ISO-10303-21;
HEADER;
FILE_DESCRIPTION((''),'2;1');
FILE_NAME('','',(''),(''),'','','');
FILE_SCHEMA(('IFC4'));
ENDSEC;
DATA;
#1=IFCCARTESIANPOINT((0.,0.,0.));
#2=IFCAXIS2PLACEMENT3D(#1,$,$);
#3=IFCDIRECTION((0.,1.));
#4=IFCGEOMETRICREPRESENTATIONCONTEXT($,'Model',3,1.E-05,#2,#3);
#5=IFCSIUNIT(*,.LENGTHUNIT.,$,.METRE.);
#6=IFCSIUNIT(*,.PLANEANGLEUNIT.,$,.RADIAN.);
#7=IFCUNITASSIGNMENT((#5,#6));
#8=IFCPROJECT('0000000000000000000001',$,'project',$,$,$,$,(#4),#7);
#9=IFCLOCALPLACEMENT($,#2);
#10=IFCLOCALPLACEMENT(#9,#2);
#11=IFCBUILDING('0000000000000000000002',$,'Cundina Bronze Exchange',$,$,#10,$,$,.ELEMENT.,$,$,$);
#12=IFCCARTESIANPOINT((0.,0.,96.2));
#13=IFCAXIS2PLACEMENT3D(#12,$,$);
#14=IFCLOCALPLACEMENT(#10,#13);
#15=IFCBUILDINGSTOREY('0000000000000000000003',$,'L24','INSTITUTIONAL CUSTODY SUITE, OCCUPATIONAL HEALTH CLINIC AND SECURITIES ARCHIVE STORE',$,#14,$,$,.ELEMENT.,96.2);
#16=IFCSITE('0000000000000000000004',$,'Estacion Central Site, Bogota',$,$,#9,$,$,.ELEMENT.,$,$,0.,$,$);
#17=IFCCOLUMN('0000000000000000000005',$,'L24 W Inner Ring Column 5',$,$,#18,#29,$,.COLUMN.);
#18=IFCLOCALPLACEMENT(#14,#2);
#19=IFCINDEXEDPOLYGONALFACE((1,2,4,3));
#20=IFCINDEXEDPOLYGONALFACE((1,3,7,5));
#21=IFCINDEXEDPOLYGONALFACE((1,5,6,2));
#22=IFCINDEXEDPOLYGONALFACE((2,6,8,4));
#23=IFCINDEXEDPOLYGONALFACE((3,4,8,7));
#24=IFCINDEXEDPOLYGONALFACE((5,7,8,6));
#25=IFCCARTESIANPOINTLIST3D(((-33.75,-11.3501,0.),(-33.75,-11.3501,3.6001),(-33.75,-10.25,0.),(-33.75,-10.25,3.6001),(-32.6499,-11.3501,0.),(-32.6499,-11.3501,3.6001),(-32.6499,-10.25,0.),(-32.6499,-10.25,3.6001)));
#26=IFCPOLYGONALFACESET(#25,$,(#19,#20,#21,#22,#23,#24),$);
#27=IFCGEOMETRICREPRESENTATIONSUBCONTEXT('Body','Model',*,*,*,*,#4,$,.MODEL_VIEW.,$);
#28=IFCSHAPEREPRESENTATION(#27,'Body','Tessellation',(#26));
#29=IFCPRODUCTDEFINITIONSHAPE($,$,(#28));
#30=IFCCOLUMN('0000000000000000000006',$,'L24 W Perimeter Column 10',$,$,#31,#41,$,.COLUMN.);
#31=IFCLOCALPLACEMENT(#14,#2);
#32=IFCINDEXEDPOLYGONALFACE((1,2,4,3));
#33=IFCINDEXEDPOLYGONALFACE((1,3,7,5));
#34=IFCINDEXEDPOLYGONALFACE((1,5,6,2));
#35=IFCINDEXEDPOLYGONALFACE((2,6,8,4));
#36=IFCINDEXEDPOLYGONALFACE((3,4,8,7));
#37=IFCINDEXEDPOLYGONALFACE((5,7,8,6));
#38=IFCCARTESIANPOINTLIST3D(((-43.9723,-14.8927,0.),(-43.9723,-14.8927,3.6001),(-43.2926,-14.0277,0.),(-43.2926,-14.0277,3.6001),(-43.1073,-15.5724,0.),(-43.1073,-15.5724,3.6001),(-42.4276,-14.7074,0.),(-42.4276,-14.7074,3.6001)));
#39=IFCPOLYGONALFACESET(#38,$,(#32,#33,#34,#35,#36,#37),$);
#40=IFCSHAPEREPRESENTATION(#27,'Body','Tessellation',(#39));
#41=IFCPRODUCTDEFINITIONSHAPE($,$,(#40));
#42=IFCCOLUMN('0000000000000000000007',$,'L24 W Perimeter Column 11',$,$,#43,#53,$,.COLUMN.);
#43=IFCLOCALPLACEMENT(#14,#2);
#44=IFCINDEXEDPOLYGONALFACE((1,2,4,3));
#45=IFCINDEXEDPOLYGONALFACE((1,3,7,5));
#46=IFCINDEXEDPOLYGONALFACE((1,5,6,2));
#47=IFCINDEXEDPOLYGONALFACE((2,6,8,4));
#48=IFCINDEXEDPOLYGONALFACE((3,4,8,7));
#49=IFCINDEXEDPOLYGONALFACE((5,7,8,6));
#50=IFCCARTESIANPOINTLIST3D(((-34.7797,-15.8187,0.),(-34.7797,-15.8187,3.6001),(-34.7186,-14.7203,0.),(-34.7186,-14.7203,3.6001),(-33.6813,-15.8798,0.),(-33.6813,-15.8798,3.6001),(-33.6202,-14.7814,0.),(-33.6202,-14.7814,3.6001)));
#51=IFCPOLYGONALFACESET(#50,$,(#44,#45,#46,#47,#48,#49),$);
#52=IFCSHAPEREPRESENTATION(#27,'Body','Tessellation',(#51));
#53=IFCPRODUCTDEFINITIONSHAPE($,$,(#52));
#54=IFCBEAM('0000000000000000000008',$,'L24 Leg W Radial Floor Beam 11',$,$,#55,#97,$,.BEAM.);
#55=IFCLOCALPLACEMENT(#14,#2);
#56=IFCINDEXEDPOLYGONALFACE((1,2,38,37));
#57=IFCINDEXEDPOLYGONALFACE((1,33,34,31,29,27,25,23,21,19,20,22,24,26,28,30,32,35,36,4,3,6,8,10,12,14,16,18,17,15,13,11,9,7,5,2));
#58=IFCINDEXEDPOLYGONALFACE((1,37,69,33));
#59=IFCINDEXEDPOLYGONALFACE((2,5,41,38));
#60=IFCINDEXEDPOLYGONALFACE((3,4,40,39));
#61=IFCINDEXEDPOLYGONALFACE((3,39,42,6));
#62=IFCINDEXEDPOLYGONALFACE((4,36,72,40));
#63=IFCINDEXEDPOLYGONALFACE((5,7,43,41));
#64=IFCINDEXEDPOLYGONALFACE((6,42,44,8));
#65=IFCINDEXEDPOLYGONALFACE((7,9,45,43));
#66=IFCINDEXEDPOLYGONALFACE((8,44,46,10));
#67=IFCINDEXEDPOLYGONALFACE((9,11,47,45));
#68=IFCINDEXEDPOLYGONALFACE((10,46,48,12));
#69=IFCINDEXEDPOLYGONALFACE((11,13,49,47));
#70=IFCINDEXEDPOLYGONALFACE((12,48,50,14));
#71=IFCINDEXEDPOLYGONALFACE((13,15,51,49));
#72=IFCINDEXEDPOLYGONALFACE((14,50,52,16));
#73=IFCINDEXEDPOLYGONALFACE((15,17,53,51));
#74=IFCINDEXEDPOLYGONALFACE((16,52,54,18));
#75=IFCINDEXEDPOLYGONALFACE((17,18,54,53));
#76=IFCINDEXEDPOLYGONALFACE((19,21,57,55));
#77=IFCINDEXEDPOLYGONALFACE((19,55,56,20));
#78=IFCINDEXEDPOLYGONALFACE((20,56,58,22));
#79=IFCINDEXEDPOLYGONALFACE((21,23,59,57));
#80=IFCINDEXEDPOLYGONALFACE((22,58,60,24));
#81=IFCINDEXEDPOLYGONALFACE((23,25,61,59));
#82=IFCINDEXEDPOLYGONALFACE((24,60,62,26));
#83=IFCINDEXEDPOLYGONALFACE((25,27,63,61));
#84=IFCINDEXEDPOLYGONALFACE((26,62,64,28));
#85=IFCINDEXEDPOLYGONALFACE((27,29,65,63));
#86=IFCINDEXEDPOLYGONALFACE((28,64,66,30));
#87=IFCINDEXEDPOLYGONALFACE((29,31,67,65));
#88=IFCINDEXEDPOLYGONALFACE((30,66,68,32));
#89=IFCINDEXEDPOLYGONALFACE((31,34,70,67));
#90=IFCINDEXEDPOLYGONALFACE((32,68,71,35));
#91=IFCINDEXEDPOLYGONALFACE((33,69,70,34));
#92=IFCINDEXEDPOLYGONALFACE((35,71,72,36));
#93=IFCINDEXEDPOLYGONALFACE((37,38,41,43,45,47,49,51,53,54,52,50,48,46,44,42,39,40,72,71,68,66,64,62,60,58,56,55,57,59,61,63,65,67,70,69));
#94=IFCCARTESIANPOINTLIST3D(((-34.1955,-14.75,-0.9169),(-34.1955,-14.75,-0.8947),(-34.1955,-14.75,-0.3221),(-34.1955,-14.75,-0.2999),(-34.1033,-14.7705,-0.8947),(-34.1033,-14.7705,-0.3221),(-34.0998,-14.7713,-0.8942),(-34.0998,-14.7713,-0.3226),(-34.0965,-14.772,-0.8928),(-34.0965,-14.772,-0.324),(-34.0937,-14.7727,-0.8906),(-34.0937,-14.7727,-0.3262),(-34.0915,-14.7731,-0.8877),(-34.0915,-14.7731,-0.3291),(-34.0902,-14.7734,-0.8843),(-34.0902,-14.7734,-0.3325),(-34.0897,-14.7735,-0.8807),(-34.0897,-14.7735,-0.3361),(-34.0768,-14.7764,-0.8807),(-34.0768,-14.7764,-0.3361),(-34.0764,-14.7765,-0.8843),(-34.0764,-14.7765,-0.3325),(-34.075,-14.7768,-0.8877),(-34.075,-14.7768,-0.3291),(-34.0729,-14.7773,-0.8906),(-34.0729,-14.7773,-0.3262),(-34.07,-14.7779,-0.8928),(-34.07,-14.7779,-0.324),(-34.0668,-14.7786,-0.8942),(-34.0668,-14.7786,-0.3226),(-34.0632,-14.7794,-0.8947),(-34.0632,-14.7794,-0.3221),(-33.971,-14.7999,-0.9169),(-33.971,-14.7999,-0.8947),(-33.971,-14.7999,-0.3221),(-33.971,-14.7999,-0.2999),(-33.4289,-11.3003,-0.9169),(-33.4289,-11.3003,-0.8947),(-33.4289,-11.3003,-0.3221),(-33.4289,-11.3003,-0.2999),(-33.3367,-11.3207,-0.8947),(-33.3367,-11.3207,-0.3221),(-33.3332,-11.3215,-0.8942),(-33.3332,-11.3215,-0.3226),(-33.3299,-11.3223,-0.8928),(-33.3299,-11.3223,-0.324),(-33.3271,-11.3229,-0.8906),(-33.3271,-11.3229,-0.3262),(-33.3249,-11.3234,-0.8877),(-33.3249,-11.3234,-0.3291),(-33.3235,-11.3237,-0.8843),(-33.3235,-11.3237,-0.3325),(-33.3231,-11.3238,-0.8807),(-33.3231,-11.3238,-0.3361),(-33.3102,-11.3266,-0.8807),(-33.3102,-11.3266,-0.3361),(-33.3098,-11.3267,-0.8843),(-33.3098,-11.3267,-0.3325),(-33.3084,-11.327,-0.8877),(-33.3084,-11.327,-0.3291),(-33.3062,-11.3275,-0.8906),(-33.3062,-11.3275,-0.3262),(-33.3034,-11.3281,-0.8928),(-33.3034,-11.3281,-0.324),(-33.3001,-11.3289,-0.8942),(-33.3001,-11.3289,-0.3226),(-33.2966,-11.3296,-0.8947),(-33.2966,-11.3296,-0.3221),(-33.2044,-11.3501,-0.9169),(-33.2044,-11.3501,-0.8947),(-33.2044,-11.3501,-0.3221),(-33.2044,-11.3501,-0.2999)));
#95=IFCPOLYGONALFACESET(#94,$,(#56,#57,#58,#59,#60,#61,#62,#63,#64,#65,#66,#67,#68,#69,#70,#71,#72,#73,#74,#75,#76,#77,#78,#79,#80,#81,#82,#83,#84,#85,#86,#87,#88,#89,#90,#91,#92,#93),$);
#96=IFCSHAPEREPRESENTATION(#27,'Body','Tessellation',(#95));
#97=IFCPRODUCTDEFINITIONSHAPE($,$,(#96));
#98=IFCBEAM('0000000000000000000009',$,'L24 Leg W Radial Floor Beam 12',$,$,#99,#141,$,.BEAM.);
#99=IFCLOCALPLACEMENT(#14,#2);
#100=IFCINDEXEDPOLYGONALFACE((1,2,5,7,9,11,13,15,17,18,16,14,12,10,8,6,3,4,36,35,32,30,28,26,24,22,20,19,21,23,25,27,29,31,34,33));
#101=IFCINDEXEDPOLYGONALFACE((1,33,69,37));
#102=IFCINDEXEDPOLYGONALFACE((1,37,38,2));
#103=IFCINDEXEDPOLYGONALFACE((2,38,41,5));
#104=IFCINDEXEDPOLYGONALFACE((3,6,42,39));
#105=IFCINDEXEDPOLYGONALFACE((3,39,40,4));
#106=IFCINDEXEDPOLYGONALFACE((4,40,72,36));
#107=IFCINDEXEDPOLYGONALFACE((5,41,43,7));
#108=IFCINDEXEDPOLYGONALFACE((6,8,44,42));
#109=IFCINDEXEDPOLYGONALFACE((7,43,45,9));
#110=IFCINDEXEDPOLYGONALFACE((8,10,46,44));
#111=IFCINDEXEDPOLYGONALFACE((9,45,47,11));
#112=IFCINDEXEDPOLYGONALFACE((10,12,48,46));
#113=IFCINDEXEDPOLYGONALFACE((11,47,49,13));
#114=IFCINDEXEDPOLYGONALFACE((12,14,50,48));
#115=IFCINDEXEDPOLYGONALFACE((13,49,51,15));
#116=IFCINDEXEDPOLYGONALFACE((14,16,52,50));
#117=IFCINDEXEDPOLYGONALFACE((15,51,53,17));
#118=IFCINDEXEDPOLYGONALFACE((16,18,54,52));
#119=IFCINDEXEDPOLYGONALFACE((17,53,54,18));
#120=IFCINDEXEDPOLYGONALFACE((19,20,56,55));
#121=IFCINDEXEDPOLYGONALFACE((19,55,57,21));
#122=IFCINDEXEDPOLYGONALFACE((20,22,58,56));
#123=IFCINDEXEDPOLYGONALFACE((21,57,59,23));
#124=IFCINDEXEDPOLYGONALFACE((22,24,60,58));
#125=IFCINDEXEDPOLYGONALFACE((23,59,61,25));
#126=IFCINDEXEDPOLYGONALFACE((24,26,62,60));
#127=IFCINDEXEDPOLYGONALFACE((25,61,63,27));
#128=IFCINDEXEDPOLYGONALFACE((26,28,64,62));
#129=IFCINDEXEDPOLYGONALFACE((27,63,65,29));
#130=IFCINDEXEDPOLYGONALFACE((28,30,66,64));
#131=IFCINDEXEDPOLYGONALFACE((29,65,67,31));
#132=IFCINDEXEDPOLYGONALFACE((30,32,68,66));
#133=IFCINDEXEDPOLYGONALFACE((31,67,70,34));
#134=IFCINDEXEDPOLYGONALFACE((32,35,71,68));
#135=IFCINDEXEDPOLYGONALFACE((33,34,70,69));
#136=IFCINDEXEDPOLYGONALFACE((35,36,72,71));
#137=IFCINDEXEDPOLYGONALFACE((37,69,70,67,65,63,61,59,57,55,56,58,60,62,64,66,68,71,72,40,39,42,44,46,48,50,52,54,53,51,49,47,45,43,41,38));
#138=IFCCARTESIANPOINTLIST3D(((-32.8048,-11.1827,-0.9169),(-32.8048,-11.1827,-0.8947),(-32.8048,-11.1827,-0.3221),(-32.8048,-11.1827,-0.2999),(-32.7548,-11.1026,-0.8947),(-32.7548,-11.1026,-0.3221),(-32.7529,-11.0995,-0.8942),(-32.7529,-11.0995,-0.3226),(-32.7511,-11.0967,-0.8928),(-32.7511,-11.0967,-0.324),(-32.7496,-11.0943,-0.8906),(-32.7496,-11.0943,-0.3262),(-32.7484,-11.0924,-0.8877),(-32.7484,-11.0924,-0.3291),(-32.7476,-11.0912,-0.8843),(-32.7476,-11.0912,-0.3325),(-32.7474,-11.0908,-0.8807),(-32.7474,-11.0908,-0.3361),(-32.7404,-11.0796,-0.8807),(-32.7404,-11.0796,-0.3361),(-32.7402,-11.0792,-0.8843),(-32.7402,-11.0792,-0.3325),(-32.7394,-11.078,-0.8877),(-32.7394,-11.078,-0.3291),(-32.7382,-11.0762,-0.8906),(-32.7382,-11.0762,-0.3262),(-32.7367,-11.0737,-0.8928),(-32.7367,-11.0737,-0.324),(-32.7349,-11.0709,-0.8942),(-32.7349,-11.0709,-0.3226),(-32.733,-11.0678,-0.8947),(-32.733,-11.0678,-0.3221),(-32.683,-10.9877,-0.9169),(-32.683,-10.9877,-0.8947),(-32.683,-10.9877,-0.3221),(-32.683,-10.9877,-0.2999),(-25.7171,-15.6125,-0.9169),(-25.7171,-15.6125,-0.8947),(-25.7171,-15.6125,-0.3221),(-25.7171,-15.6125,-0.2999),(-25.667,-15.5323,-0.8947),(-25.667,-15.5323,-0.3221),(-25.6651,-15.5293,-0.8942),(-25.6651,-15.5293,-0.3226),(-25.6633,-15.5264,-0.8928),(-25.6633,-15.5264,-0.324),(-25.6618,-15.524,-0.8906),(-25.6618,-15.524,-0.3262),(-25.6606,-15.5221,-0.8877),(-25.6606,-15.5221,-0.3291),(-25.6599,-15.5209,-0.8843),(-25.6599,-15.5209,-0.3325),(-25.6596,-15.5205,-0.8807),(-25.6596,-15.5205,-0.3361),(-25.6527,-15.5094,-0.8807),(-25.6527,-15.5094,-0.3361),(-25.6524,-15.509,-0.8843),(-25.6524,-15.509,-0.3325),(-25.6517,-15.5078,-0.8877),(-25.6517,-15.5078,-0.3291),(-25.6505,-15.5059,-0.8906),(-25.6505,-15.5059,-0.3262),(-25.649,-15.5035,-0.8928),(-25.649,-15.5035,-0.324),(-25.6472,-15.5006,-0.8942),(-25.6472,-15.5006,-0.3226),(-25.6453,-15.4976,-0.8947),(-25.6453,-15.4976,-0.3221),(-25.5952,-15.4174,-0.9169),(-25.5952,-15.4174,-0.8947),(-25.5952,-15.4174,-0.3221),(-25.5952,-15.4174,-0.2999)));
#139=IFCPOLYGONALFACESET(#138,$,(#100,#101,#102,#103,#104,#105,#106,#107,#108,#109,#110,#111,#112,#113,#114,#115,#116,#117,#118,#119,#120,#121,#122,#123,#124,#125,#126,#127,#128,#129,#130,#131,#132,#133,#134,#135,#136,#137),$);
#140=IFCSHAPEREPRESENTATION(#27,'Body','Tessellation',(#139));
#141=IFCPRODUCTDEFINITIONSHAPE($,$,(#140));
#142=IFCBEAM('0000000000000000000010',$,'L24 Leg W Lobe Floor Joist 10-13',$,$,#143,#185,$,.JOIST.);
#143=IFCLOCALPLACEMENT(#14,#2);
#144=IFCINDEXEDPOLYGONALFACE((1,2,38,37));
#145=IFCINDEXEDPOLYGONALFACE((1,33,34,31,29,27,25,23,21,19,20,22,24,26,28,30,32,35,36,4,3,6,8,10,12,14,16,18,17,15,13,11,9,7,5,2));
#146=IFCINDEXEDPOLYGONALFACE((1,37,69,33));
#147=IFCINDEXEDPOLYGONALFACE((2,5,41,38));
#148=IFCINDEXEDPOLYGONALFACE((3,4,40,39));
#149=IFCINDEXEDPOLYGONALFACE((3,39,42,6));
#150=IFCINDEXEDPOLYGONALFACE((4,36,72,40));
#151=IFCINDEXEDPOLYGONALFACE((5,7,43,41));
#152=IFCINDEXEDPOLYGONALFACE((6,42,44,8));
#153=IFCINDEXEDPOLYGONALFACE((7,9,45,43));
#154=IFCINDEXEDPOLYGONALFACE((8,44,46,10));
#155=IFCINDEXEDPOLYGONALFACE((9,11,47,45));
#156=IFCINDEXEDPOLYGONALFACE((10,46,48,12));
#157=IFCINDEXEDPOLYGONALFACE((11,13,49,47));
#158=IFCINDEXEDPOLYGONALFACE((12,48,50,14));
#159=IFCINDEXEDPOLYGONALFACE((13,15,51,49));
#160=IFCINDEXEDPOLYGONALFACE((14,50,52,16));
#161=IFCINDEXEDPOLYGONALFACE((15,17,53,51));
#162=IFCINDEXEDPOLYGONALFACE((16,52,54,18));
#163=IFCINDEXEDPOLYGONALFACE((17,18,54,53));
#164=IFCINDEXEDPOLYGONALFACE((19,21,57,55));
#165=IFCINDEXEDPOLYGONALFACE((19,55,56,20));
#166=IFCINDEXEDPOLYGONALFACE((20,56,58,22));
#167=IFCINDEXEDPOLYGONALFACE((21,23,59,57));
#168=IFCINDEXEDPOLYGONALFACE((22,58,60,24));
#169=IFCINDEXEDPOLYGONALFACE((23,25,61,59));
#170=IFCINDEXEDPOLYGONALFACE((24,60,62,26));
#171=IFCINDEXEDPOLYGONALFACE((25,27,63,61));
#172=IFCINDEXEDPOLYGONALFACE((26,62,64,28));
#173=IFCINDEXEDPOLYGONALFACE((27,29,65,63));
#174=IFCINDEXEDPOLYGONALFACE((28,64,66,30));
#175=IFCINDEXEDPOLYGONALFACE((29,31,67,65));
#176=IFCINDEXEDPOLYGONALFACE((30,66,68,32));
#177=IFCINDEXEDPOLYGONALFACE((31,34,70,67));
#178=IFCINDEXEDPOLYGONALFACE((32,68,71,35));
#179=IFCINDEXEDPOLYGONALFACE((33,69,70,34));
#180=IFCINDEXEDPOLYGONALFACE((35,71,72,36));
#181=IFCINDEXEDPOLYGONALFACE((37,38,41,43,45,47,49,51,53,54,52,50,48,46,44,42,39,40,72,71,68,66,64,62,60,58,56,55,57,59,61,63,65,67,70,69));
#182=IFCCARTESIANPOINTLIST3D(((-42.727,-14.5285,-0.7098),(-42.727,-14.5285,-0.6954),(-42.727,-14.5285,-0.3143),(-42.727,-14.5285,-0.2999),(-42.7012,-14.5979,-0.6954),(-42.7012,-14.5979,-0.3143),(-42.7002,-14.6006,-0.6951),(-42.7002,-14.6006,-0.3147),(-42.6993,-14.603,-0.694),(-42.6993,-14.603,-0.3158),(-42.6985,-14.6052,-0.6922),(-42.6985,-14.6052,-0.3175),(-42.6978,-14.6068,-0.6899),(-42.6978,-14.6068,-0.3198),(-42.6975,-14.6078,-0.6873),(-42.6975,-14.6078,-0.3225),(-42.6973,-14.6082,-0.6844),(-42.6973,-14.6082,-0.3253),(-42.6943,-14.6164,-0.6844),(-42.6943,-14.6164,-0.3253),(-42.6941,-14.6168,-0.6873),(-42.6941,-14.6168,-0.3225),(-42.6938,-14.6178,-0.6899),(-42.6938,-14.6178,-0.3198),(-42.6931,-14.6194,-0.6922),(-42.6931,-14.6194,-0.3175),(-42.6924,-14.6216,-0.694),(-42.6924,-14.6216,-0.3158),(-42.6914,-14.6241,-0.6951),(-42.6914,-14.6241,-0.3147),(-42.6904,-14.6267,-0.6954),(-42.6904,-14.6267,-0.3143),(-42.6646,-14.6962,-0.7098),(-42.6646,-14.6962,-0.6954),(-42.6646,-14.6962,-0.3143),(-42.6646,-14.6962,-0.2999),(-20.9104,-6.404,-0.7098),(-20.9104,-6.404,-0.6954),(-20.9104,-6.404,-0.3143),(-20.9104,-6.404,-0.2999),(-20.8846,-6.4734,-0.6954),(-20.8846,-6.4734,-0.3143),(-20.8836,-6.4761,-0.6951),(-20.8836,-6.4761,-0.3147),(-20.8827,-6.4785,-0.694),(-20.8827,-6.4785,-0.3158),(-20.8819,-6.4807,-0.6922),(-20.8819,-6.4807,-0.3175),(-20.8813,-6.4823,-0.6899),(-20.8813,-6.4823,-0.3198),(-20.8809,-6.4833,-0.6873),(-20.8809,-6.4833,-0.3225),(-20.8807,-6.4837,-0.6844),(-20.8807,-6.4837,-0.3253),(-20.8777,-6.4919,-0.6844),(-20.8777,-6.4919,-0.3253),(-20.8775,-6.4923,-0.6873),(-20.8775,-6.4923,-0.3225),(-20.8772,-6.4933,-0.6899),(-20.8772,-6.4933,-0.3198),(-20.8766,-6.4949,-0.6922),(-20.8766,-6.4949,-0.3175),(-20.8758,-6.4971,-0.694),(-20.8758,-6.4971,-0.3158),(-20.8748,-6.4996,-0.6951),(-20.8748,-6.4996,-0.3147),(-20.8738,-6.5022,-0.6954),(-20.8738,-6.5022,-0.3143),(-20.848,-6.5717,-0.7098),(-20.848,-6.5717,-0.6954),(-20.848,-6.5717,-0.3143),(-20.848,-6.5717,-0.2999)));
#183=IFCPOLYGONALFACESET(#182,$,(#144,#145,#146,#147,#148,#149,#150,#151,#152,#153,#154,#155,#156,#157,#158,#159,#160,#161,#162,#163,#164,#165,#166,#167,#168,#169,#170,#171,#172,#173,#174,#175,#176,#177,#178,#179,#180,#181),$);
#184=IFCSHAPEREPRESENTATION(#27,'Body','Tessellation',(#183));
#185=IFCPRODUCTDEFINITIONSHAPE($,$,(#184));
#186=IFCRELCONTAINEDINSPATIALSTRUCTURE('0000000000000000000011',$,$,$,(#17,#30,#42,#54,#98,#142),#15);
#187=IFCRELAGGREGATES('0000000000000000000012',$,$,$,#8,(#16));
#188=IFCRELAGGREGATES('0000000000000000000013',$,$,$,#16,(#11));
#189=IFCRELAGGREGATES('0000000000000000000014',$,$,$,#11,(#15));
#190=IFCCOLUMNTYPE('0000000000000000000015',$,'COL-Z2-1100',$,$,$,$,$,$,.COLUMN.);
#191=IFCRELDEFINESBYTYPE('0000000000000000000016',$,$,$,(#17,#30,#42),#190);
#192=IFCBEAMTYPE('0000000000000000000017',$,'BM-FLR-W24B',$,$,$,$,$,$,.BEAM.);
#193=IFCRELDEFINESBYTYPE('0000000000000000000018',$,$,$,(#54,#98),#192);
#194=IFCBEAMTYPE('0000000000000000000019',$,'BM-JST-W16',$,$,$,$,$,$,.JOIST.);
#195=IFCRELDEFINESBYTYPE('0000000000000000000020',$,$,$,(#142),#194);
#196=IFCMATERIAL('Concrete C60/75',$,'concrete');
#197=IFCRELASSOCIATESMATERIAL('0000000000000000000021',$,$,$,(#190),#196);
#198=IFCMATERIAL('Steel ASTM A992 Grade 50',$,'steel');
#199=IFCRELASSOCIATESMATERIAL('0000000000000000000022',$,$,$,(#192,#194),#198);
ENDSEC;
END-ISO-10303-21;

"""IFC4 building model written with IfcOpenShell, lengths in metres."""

from ifc_helpers import new_model, si_unit, direction, frame, origin, origin_2d, place, context, subcontext, project, spatial, rectangle, i_section, extrude, material, material_profile, profile_set, type_object, element, save


model = new_model("IFC4")

# Units and contexts
model_context = context("Model", 3, precision=1e-05, world=origin(), true_north=direction((0.0, 1.0)))
body_context = subcontext(model_context, "Body", "Model", "MODEL_VIEW")
ifc_project = project(units=[si_unit("LENGTHUNIT", "METRE"), si_unit("PLANEANGLEUNIT", "RADIAN")], contexts=[model_context])

# Site, building, storey
site_placement = place(None, origin())
site = spatial("IfcSite", under=ifc_project, at=site_placement, Name="Estacion Central Site, Bogota", CompositionType="ELEMENT", RefElevation=0.0)
building_placement = place(site_placement, origin())
building = spatial("IfcBuilding", under=site, at=building_placement, Name="Cundina Bronze Exchange", CompositionType="ELEMENT")
storey_placement = place(building_placement, frame((0.0, 0.0, 96.2)))
storey = spatial("IfcBuildingStorey", under=building, at=storey_placement, Name="L24", Description="INSTITUTIONAL CUSTODY SUITE, OCCUPATIONAL HEALTH CLINIC AND SECURITIES ARCHIVE STORE", CompositionType="ELEMENT", Elevation=96.2)

# Columns
ifc_material_1 = material(Name="Concrete C60/75", Category="concrete")
ifc_material_profile_1 = material_profile(ifc_material_1, rectangle(XDim=1.1001, YDim=1.1001, at=origin_2d()), Name="RC1100X1100", Category="concrete")
ifc_profile_set_1 = profile_set([ifc_material_profile_1], Name="Concrete C60/75")
column_type = type_object("IfcColumnType", Name="COL-Z2-1100", PredefinedType="COLUMN", material=ifc_profile_set_1)
for number, where, z_axis, x_axis, name in (
    (1, (-33.2, -10.8, 0.0), (0.0, 0.0, 1.0), (1.0, 0.0, 0.0), "L24 W Inner Ring Column 5"),
    (2, (-43.2, -14.8, 0.0), (0.0, 0.0, 1.0), (0.786288, -0.61786, 0.0), "L24 W Perimeter Column 10"),
    (3, (-34.2, -15.3, 0.0), (0.0, 0.0, 1.0), (0.99846, -0.055473, 0.0), "L24 W Perimeter Column 11"),
):
    element("IfcColumn", number, at=place(storey_placement, frame(where, z_axis=z_axis, x_axis=x_axis)), inside=storey, type_object=column_type, Name=name, PredefinedType="COLUMN", context=body_context, shape_type="SweptSolid", body=[
        extrude(rectangle(XDim=1.1001, YDim=1.1001, at=origin_2d()), origin(), (0.0, 0.0, 1.0), 3.6001),
    ])

# Beams
ifc_material_2 = material(Name="Steel ASTM A992 Grade 50", Category="steel")
ifc_material_profile_2 = material_profile(ifc_material_2, i_section(OverallWidth=0.23, OverallDepth=0.6169, WebThickness=0.0132, FlangeThickness=0.0222, FilletRadius=0.0139, at=origin_2d()), Name="W24X94", Category="steel")
ifc_profile_set_2 = profile_set([ifc_material_profile_2], Name="Steel ASTM A992 Grade 50")
beam_type_1 = type_object("IfcBeamType", Name="BM-FLR-W24B", PredefinedType="BEAM", material=ifc_profile_set_2)
beam_1_placement = place(storey_placement, frame((-33.3167, -11.3252, -0.6084), z_axis=(-0.21693, -0.976187, 0.0), x_axis=(0.976187, -0.21693, 0.0)))
element("IfcBeam", 4, at=beam_1_placement, inside=storey, type_object=beam_type_1, Name="L24 Leg W Radial Floor Beam 11", PredefinedType="BEAM", context=body_context, shape_type="SweptSolid", body=[
    extrude(i_section(OverallWidth=0.23, OverallDepth=0.6169, WebThickness=0.0132, FlangeThickness=0.0222, FilletRadius=0.0139, at=origin_2d()), origin(), (0.0, 0.0, 1.0), 3.5339),
])
beam_2_placement = place(storey_placement, frame((-32.7439, -11.0852, -0.6084), z_axis=(0.848003, -0.529991, 0.0), x_axis=(0.529991, 0.848003, 0.0)))
element("IfcBeam", 5, at=beam_2_placement, inside=storey, type_object=beam_type_1, Name="L24 Leg W Radial Floor Beam 12", PredefinedType="BEAM", context=body_context, shape_type="SweptSolid", body=[
    extrude(i_section(OverallWidth=0.23, OverallDepth=0.6169, WebThickness=0.0132, FlangeThickness=0.0222, FilletRadius=0.0139, at=origin_2d()), origin(), (0.0, 0.0, 1.0), 8.3582),
])
ifc_material_profile_3 = material_profile(ifc_material_2, i_section(OverallWidth=0.179, OverallDepth=0.4099, WebThickness=0.0088, FlangeThickness=0.0144, FilletRadius=0.011, at=origin_2d()), Name="W16X45", Category="steel")
ifc_profile_set_3 = profile_set([ifc_material_profile_3], Name="Steel ASTM A992 Grade 50")
beam_type_2 = type_object("IfcBeamType", Name="BM-JST-W16", PredefinedType="JOIST", material=ifc_profile_set_3)
beam_3_placement = place(storey_placement, frame((-42.6958, -14.6123, -0.5049), z_axis=(0.937128, 0.348986, 0.0), x_axis=(-0.348986, 0.937128, 0.0)))
element("IfcBeam", 6, at=beam_3_placement, inside=storey, type_object=beam_type_2, Name="L24 Leg W Lobe Floor Joist 10-13", PredefinedType="JOIST", context=body_context, shape_type="SweptSolid", body=[
    extrude(i_section(OverallWidth=0.179, OverallDepth=0.4099, WebThickness=0.0088, FlangeThickness=0.0144, FilletRadius=0.011, at=origin_2d()), origin(), (0.0, 0.0, 1.0), 23.2803),
])

save(model, "model.ifc")
